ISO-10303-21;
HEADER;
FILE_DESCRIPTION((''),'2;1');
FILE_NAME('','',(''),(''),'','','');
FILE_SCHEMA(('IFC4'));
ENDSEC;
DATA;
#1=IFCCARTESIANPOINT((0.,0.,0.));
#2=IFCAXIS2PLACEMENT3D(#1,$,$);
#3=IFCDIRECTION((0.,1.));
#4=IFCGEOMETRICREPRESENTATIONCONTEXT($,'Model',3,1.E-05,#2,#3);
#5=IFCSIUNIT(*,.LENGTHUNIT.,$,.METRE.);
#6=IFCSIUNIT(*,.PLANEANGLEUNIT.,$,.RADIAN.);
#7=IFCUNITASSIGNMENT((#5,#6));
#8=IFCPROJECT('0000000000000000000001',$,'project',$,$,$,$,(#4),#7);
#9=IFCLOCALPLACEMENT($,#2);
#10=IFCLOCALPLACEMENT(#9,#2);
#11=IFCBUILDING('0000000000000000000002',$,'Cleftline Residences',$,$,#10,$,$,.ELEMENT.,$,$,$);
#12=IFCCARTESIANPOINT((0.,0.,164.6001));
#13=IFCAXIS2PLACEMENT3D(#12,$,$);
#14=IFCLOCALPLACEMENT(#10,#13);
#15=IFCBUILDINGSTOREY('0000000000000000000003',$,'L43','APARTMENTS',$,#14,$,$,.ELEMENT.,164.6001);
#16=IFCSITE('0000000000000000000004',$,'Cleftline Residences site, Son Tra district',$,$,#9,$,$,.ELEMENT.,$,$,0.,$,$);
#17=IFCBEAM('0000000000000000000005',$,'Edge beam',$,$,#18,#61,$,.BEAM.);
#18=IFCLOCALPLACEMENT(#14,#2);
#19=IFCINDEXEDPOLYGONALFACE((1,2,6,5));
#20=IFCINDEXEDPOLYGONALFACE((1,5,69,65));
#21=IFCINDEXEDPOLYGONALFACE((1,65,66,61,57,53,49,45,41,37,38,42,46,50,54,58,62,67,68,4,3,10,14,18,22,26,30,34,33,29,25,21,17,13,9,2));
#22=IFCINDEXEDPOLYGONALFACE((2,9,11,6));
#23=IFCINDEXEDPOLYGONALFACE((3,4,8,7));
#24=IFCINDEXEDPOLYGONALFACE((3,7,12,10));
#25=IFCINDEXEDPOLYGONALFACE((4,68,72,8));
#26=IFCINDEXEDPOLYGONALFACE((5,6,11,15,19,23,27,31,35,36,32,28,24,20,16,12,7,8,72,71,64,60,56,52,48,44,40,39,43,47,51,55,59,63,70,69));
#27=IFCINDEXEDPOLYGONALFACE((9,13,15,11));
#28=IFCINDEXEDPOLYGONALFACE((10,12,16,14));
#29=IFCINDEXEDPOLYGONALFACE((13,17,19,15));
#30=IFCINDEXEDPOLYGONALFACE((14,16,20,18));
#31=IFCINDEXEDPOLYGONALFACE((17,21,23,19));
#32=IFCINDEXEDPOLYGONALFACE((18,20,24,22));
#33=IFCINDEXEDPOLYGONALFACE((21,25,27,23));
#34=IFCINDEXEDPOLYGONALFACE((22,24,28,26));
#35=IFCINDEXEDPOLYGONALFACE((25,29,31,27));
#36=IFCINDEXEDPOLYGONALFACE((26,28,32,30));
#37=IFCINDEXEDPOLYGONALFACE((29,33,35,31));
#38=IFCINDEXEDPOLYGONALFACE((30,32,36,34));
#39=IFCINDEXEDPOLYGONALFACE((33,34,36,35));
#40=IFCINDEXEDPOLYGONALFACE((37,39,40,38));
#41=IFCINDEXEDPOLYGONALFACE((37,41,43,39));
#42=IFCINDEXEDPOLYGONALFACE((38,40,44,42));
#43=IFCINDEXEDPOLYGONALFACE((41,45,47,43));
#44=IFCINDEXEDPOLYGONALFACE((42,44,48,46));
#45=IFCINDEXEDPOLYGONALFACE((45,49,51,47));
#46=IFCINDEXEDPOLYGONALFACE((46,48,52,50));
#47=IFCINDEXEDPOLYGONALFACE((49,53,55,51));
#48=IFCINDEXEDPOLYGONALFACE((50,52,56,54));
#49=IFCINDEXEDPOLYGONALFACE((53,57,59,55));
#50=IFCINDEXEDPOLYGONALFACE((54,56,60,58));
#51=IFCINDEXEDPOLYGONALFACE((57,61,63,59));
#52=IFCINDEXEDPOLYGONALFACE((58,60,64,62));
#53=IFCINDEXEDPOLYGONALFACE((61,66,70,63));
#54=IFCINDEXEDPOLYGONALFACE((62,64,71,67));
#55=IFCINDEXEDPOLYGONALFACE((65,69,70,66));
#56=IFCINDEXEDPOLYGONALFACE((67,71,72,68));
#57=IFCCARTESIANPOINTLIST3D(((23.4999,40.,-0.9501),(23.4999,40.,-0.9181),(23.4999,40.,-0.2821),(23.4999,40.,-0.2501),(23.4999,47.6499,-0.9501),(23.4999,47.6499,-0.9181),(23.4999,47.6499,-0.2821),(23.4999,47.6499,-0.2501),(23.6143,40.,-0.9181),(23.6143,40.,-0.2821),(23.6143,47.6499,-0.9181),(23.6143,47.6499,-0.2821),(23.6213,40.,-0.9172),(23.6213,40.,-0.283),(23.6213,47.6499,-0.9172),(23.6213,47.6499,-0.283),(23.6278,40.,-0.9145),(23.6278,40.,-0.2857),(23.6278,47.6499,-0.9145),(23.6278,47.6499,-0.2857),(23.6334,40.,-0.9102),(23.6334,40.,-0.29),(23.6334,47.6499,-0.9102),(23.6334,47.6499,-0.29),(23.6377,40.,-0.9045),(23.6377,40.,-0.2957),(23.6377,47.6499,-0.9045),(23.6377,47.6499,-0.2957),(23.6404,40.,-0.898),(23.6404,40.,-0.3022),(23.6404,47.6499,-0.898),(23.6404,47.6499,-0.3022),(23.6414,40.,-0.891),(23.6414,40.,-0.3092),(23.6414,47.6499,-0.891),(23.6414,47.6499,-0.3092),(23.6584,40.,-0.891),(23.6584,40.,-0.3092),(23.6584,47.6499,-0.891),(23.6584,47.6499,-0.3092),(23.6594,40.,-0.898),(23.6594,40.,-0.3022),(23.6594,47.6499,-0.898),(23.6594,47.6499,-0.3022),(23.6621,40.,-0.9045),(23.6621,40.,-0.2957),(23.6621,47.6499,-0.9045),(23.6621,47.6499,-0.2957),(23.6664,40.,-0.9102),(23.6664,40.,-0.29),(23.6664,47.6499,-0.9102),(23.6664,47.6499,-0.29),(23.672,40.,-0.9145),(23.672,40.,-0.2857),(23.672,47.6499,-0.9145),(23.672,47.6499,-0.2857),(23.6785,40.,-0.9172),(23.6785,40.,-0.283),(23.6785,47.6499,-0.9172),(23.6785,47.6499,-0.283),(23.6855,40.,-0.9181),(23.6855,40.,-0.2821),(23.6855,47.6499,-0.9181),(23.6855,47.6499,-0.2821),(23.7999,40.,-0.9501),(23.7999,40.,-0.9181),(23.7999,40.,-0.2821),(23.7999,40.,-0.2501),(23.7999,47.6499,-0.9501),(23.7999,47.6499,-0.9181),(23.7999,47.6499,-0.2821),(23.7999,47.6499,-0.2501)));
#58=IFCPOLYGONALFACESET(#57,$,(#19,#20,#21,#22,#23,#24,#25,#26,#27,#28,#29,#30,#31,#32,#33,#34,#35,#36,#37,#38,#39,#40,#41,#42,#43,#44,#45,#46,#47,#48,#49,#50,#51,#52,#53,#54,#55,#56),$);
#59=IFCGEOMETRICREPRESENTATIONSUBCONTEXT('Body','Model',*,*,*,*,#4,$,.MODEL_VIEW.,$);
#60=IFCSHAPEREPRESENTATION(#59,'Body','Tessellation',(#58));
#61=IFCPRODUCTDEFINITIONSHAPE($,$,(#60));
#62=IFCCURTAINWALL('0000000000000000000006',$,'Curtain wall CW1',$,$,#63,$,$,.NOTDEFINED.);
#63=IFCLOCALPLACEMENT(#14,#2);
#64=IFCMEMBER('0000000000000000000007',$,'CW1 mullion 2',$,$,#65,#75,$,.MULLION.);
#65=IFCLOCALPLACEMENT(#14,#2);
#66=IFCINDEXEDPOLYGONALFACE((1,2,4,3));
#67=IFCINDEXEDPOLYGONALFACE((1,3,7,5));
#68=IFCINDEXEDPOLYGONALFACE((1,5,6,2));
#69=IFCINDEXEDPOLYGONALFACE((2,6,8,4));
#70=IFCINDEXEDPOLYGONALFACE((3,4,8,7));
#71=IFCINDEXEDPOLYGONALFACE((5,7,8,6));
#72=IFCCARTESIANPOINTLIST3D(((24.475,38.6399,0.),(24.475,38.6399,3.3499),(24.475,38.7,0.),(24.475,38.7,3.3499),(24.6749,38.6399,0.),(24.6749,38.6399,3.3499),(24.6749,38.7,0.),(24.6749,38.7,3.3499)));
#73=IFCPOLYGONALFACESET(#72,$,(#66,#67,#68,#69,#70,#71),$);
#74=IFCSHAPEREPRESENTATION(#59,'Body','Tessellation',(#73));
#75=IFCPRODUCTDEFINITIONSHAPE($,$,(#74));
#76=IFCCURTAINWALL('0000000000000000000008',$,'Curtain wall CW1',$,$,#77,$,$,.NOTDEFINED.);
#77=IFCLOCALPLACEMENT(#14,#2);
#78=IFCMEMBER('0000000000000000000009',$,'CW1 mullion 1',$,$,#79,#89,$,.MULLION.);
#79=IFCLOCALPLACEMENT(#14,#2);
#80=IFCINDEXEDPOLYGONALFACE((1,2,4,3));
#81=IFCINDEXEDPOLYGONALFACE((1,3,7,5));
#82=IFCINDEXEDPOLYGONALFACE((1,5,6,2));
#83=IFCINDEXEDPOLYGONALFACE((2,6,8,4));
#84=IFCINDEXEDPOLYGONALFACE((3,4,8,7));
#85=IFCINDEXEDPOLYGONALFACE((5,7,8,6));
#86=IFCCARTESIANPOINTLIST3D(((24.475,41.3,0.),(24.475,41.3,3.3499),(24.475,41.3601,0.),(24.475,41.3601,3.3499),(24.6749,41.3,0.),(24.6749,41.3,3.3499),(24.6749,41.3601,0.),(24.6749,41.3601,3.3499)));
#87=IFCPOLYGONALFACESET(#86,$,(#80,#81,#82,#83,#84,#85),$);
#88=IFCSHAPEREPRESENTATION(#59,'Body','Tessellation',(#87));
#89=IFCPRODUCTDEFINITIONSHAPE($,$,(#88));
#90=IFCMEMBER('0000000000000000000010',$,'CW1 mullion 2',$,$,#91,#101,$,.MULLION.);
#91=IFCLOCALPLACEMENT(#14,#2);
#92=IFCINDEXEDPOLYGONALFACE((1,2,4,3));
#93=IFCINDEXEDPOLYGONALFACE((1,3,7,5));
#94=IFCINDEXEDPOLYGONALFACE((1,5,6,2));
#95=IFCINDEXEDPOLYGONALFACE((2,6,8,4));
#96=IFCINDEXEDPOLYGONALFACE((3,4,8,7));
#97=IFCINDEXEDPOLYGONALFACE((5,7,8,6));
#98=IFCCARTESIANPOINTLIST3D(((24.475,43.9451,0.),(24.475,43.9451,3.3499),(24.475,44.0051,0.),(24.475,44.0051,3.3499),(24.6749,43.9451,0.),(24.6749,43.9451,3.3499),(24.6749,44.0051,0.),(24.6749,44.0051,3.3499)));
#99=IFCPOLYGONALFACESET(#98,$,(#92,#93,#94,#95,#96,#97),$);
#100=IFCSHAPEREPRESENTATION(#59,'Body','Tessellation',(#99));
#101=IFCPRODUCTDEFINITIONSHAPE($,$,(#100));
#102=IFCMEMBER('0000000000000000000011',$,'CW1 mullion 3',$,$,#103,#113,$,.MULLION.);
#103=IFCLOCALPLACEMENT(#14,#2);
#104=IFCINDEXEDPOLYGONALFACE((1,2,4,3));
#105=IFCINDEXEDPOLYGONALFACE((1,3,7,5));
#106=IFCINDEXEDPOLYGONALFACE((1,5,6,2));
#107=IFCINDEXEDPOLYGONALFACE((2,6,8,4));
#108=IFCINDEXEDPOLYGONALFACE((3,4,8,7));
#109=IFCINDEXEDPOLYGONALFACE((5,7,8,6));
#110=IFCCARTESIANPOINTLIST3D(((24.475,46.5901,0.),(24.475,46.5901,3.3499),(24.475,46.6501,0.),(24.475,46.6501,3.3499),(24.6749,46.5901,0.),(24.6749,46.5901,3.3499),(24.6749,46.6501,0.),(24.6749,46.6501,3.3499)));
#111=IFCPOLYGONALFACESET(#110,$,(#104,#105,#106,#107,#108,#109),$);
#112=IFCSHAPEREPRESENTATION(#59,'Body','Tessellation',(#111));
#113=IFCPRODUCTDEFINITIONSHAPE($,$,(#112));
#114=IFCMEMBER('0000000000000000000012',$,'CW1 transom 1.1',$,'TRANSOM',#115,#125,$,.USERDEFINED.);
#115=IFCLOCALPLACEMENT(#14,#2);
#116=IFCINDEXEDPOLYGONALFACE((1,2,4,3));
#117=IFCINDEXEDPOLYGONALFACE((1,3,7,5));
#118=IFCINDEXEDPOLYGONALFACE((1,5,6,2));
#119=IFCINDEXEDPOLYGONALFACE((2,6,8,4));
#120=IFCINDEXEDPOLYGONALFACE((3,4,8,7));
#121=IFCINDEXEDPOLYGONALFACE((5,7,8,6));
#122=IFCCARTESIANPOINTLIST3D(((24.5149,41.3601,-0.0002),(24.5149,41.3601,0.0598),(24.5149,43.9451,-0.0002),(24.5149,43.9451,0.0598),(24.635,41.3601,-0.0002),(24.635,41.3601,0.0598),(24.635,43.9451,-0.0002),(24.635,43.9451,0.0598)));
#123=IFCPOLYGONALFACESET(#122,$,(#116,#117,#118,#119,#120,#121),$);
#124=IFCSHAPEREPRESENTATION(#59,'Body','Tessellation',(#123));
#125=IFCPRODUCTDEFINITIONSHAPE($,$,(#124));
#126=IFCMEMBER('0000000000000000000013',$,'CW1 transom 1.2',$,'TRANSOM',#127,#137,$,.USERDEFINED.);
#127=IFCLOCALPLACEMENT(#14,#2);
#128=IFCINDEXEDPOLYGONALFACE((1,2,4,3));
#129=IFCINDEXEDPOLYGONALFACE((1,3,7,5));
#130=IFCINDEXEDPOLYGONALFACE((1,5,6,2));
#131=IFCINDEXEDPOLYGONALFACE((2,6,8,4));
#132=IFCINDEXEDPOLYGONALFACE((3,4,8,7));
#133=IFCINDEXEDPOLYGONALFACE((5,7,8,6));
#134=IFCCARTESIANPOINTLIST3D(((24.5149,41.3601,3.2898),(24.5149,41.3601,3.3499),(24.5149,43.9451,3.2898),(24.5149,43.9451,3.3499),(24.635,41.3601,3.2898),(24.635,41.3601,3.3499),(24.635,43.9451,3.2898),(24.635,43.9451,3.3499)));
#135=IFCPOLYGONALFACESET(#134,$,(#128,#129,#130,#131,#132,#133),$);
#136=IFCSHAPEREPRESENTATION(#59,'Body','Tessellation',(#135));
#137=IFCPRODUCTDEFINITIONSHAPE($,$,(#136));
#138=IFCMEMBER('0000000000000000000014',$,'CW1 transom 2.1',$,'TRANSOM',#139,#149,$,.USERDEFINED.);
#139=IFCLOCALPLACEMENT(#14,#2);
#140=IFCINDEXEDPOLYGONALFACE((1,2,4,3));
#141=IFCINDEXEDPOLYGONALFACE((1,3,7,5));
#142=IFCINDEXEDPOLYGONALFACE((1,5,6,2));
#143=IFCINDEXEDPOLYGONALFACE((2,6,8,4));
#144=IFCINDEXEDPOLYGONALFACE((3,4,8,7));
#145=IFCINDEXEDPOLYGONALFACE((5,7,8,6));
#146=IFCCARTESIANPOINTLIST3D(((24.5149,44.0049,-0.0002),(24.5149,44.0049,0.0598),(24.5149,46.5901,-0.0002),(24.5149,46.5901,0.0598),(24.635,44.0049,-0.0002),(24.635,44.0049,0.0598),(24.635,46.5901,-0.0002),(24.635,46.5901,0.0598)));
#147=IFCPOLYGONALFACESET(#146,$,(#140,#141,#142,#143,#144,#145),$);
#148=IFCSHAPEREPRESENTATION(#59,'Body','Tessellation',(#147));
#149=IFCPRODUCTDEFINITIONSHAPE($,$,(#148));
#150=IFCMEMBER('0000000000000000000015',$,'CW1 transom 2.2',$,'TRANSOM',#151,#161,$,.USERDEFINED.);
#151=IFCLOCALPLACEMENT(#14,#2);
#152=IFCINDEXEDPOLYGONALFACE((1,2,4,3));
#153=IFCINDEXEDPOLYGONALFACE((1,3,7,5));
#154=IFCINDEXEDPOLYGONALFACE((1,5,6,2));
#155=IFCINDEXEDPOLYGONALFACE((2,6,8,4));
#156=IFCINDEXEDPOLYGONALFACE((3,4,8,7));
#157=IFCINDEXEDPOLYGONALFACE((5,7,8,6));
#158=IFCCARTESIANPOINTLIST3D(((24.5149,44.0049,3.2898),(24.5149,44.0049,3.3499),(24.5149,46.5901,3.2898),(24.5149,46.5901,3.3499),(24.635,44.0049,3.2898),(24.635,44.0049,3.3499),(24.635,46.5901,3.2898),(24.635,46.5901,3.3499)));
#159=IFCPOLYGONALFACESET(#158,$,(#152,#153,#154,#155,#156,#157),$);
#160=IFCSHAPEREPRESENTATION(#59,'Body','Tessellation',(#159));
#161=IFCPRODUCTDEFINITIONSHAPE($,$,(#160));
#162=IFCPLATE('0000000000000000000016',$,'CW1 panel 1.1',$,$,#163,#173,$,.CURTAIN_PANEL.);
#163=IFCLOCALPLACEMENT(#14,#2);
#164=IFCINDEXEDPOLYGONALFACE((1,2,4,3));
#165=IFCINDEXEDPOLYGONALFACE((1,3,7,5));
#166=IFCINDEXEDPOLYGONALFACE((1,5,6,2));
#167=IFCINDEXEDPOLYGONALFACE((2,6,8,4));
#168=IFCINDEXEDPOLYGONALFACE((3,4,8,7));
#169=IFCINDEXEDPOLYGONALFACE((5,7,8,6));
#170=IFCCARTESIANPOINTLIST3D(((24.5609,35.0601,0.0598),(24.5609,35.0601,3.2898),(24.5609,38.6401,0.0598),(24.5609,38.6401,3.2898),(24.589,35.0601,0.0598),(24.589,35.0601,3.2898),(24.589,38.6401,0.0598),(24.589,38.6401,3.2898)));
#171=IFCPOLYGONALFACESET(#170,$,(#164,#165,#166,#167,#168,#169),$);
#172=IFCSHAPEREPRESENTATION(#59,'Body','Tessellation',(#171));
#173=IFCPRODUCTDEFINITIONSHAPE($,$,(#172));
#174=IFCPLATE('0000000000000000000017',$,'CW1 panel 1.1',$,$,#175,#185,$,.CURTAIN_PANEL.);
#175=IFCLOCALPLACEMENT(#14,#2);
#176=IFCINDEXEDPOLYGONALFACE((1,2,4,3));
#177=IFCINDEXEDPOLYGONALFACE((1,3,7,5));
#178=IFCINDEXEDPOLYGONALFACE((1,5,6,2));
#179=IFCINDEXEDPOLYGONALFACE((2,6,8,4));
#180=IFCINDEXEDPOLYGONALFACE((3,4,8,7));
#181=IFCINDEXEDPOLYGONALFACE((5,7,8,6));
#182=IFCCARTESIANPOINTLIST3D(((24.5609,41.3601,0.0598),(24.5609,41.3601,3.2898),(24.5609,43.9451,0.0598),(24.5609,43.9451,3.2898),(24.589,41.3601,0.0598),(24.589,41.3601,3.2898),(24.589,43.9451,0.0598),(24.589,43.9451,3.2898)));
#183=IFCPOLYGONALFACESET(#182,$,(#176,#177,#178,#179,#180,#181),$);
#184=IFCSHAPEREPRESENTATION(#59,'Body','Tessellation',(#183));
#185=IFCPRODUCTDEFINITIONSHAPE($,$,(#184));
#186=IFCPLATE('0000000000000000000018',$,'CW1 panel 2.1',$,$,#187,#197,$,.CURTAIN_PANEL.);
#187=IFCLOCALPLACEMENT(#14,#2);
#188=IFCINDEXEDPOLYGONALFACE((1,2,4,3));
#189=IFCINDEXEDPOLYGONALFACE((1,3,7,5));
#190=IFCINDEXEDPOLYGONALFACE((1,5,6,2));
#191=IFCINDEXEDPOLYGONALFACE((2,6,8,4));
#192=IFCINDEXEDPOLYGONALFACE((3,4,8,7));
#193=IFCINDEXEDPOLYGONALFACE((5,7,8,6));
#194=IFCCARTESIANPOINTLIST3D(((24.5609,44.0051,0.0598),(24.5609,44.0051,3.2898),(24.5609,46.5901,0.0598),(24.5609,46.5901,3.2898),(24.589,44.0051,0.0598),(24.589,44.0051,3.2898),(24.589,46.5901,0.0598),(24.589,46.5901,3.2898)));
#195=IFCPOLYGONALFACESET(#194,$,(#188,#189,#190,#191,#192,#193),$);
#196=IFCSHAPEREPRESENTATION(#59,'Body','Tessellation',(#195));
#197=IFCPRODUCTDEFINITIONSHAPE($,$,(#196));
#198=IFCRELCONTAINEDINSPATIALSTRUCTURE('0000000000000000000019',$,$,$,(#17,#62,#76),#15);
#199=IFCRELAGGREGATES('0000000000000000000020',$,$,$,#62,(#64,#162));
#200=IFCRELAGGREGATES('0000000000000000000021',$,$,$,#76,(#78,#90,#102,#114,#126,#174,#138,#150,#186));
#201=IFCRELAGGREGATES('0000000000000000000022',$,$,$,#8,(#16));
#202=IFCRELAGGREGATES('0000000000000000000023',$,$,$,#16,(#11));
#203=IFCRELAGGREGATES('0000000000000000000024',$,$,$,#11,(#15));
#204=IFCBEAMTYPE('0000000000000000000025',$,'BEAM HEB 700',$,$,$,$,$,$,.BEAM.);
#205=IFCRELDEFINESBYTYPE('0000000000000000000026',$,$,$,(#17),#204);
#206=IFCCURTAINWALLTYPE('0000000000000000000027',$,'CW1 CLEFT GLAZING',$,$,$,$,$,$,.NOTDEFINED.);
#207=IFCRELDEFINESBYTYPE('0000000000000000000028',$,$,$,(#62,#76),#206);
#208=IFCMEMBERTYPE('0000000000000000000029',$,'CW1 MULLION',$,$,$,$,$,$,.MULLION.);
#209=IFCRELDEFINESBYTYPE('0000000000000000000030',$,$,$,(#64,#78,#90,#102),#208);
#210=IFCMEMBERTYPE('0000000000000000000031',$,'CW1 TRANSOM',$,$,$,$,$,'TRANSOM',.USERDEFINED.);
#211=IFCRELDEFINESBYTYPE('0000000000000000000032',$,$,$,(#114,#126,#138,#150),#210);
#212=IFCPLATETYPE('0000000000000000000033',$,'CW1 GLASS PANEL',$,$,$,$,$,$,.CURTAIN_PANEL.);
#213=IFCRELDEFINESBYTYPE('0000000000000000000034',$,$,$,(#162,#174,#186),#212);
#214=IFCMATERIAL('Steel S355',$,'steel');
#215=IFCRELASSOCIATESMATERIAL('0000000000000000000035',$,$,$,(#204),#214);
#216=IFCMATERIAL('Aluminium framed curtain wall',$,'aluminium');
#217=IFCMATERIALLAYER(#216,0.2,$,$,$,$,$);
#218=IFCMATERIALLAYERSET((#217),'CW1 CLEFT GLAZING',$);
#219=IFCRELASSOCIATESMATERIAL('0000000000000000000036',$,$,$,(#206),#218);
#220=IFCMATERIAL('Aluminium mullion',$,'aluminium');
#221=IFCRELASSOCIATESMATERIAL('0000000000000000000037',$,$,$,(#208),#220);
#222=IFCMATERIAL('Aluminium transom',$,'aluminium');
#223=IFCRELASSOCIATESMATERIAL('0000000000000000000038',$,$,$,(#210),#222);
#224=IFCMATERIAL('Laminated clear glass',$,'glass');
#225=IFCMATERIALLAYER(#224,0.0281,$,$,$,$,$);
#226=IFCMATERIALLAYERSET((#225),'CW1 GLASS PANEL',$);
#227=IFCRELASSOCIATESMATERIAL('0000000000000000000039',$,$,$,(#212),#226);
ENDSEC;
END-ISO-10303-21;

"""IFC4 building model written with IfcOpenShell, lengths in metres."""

from ifc_helpers import new_model, si_unit, direction, frame, origin, origin_2d, place, context, subcontext, project, spatial, rectangle, i_section, extrude, material, layer, layer_set, material_profile, profile_set, type_object, element, aggregate, save


model = new_model("IFC4")

# Units and contexts
model_context = context("Model", 3, precision=1e-05, world=origin(), true_north=direction((0.0, 1.0)))
body_context = subcontext(model_context, "Body", "Model", "MODEL_VIEW")
ifc_project = project(units=[si_unit("LENGTHUNIT", "METRE"), si_unit("PLANEANGLEUNIT", "RADIAN")], contexts=[model_context])

# Site, building, storey
site_placement = place(None, origin())
site = spatial("IfcSite", under=ifc_project, at=site_placement, Name="Cleftline Residences site, Son Tra district", CompositionType="ELEMENT", RefElevation=0.0)
building_placement = place(site_placement, origin())
building = spatial("IfcBuilding", under=site, at=building_placement, Name="Cleftline Residences", CompositionType="ELEMENT")
storey_placement = place(building_placement, frame((0.0, 0.0, 164.6001)))
storey = spatial("IfcBuildingStorey", under=building, at=storey_placement, Name="L43", Description="APARTMENTS", CompositionType="ELEMENT", Elevation=164.6001)

# Beam
ifc_material_1 = material(Name="Steel S355", Category="steel")
ifc_material_profile_1 = material_profile(ifc_material_1, i_section(OverallWidth=0.3, OverallDepth=0.7, WebThickness=0.0171, FlangeThickness=0.032, FilletRadius=0.0271, at=origin_2d()))
ifc_profile_set_1 = profile_set([ifc_material_profile_1], Name="Steel S355")
beam_type = type_object("IfcBeamType", Name="BEAM HEB 700", PredefinedType="BEAM", material=ifc_profile_set_1)
beam_placement = place(storey_placement, frame((23.6499, 47.6499, -0.6001), z_axis=(0.0, -1.0, 0.0), x_axis=(1.0, 0.0, 0.0)))
element("IfcBeam", 1, at=beam_placement, inside=storey, type_object=beam_type, Name="Edge beam", PredefinedType="BEAM", context=body_context, shape_type="SweptSolid", body=[
    extrude(i_section(OverallWidth=0.3, OverallDepth=0.7, WebThickness=0.0171, FlangeThickness=0.032, FilletRadius=0.0271, at=origin_2d()), origin(), (0.0, 0.0, 1.0), 7.6499),
])

# Curtain wall, member
ifc_material_2 = material(Name="Aluminium framed curtain wall", Category="aluminium")
ifc_layer_1 = layer(ifc_material_2, 0.2)
ifc_layer_set_1 = layer_set([ifc_layer_1], Name="CW1 CLEFT GLAZING")
curtain_wall_type = type_object("IfcCurtainWallType", Name="CW1 CLEFT GLAZING", PredefinedType="NOTDEFINED", material=ifc_layer_set_1)
curtain_wall_1_placement = place(storey_placement, origin())
curtain_wall_1 = element("IfcCurtainWall", 2, at=curtain_wall_1_placement, inside=storey, type_object=curtain_wall_type, Name="Curtain wall CW1", PredefinedType="NOTDEFINED")
ifc_material_3 = material(Name="Aluminium mullion", Category="aluminium")
ifc_material_profile_2 = material_profile(ifc_material_3, rectangle(XDim=0.2, YDim=0.0601, at=origin_2d()))
ifc_profile_set_2 = profile_set([ifc_material_profile_2], Name="Aluminium mullion")
member_type_1 = type_object("IfcMemberType", Name="CW1 MULLION", PredefinedType="MULLION", material=ifc_profile_set_2)
member_1_placement = place(storey_placement, frame((24.575, 38.6699, 0.0), z_axis=(0.0, 0.0, 1.0), x_axis=(-1.0, 0.0, 0.0)))
member_1 = element("IfcMember", 3, at=member_1_placement, type_object=member_type_1, Name="CW1 mullion 2", PredefinedType="MULLION", context=body_context, shape_type="SweptSolid", body=[
    extrude(rectangle(XDim=0.2, YDim=0.0601, at=origin_2d()), origin(), (0.0, 0.0, 1.0), 3.3499),
])

# Curtain wall, members
curtain_wall_2_placement = place(storey_placement, origin())
curtain_wall_2 = element("IfcCurtainWall", 4, at=curtain_wall_2_placement, inside=storey, type_object=curtain_wall_type, Name="Curtain wall CW1", PredefinedType="NOTDEFINED")
member_2_placement = place(storey_placement, frame((24.575, 41.3301, 0.0), z_axis=(0.0, 0.0, 1.0), x_axis=(-1.0, 0.0, 0.0)))
member_2 = element("IfcMember", 5, at=member_2_placement, type_object=member_type_1, Name="CW1 mullion 1", PredefinedType="MULLION", context=body_context, shape_type="SweptSolid", body=[
    extrude(rectangle(XDim=0.2, YDim=0.0601, at=origin_2d()), origin(), (0.0, 0.0, 1.0), 3.3499),
])
member_3_placement = place(storey_placement, frame((24.575, 43.9751, 0.0), z_axis=(0.0, 0.0, 1.0), x_axis=(-1.0, 0.0, 0.0)))
member_3 = element("IfcMember", 6, at=member_3_placement, type_object=member_type_1, Name="CW1 mullion 2", PredefinedType="MULLION", context=body_context, shape_type="SweptSolid", body=[
    extrude(rectangle(XDim=0.2, YDim=0.0601, at=origin_2d()), origin(), (0.0, 0.0, 1.0), 3.3499),
])
member_4_placement = place(storey_placement, frame((24.575, 46.6201, 0.0), z_axis=(0.0, 0.0, 1.0), x_axis=(-1.0, 0.0, 0.0)))
member_4 = element("IfcMember", 7, at=member_4_placement, type_object=member_type_1, Name="CW1 mullion 3", PredefinedType="MULLION", context=body_context, shape_type="SweptSolid", body=[
    extrude(rectangle(XDim=0.2, YDim=0.0601, at=origin_2d()), origin(), (0.0, 0.0, 1.0), 3.3499),
])
ifc_material_4 = material(Name="Aluminium transom", Category="aluminium")
ifc_material_profile_3 = material_profile(ifc_material_4, rectangle(XDim=0.1201, YDim=0.0601, at=origin_2d()))
ifc_profile_set_3 = profile_set([ifc_material_profile_3], Name="Aluminium transom")
member_type_2 = type_object("IfcMemberType", Name="CW1 TRANSOM", ElementType="TRANSOM", PredefinedType="USERDEFINED", material=ifc_profile_set_3)
member_5_placement = place(storey_placement, frame((24.575, 41.3601, 0.0298), z_axis=(0.0, 1.0, 0.0), x_axis=(-1.0, 0.0, 0.0)))
member_5 = element("IfcMember", 8, at=member_5_placement, type_object=member_type_2, Name="CW1 transom 1.1", ObjectType="TRANSOM", PredefinedType="USERDEFINED", context=body_context, shape_type="SweptSolid", body=[
    extrude(rectangle(XDim=0.1201, YDim=0.0601, at=origin_2d()), origin(), (0.0, 0.0, 1.0), 2.585),
])
member_6_placement = place(storey_placement, frame((24.575, 41.3601, 3.3198), z_axis=(0.0, 1.0, 0.0), x_axis=(-1.0, 0.0, 0.0)))
member_6 = element("IfcMember", 9, at=member_6_placement, type_object=member_type_2, Name="CW1 transom 1.2", ObjectType="TRANSOM", PredefinedType="USERDEFINED", context=body_context, shape_type="SweptSolid", body=[
    extrude(rectangle(XDim=0.1201, YDim=0.0601, at=origin_2d()), origin(), (0.0, 0.0, 1.0), 2.585),
])
member_7_placement = place(storey_placement, frame((24.575, 44.0049, 0.0298), z_axis=(0.0, 1.0, 0.0), x_axis=(-1.0, 0.0, 0.0)))
member_7 = element("IfcMember", 10, at=member_7_placement, type_object=member_type_2, Name="CW1 transom 2.1", ObjectType="TRANSOM", PredefinedType="USERDEFINED", context=body_context, shape_type="SweptSolid", body=[
    extrude(rectangle(XDim=0.1201, YDim=0.0601, at=origin_2d()), origin(), (0.0, 0.0, 1.0), 2.5852),
])
member_8_placement = place(storey_placement, frame((24.575, 44.0049, 3.3198), z_axis=(0.0, 1.0, 0.0), x_axis=(-1.0, 0.0, 0.0)))
member_8 = element("IfcMember", 11, at=member_8_placement, type_object=member_type_2, Name="CW1 transom 2.2", ObjectType="TRANSOM", PredefinedType="USERDEFINED", context=body_context, shape_type="SweptSolid", body=[
    extrude(rectangle(XDim=0.1201, YDim=0.0601, at=origin_2d()), origin(), (0.0, 0.0, 1.0), 2.5852),
])

# Plates
ifc_material_5 = material(Name="Laminated clear glass", Category="glass")
ifc_layer_2 = layer(ifc_material_5, 0.0281)
ifc_layer_set_2 = layer_set([ifc_layer_2], Name="CW1 GLASS PANEL")
plate_type = type_object("IfcPlateType", Name="CW1 GLASS PANEL", PredefinedType="CURTAIN_PANEL", material=ifc_layer_set_2)
plate_1_placement = place(storey_placement, frame((24.575, 36.8501, 0.0598), z_axis=(0.0, 0.0, 1.0), x_axis=(0.0, 1.0, 0.0)))
plate_1 = element("IfcPlate", 12, at=plate_1_placement, type_object=plate_type, Name="CW1 panel 1.1", PredefinedType="CURTAIN_PANEL", context=body_context, shape_type="SweptSolid", body=[
    extrude(rectangle(XDim=3.5801, YDim=0.0281, at=origin_2d()), origin(), (0.0, 0.0, 1.0), 3.23),
])
aggregate(curtain_wall_1, [member_1, plate_1])
plate_2_placement = place(storey_placement, frame((24.575, 42.6526, 0.0598), z_axis=(0.0, 0.0, 1.0), x_axis=(0.0, 1.0, 0.0)))
plate_2 = element("IfcPlate", 13, at=plate_2_placement, type_object=plate_type, Name="CW1 panel 1.1", PredefinedType="CURTAIN_PANEL", context=body_context, shape_type="SweptSolid", body=[
    extrude(rectangle(XDim=2.585, YDim=0.0281, at=origin_2d()), origin(), (0.0, 0.0, 1.0), 3.23),
])
plate_3_placement = place(storey_placement, frame((24.575, 45.2976, 0.0598), z_axis=(0.0, 0.0, 1.0), x_axis=(0.0, 1.0, 0.0)))
plate_3 = element("IfcPlate", 14, at=plate_3_placement, type_object=plate_type, Name="CW1 panel 2.1", PredefinedType="CURTAIN_PANEL", context=body_context, shape_type="SweptSolid", body=[
    extrude(rectangle(XDim=2.585, YDim=0.0281, at=origin_2d()), origin(), (0.0, 0.0, 1.0), 3.23),
])
aggregate(curtain_wall_2, [member_2, member_3, member_4, member_5, member_6, plate_2, member_7, member_8, plate_3])

save(model, "model.ifc")
